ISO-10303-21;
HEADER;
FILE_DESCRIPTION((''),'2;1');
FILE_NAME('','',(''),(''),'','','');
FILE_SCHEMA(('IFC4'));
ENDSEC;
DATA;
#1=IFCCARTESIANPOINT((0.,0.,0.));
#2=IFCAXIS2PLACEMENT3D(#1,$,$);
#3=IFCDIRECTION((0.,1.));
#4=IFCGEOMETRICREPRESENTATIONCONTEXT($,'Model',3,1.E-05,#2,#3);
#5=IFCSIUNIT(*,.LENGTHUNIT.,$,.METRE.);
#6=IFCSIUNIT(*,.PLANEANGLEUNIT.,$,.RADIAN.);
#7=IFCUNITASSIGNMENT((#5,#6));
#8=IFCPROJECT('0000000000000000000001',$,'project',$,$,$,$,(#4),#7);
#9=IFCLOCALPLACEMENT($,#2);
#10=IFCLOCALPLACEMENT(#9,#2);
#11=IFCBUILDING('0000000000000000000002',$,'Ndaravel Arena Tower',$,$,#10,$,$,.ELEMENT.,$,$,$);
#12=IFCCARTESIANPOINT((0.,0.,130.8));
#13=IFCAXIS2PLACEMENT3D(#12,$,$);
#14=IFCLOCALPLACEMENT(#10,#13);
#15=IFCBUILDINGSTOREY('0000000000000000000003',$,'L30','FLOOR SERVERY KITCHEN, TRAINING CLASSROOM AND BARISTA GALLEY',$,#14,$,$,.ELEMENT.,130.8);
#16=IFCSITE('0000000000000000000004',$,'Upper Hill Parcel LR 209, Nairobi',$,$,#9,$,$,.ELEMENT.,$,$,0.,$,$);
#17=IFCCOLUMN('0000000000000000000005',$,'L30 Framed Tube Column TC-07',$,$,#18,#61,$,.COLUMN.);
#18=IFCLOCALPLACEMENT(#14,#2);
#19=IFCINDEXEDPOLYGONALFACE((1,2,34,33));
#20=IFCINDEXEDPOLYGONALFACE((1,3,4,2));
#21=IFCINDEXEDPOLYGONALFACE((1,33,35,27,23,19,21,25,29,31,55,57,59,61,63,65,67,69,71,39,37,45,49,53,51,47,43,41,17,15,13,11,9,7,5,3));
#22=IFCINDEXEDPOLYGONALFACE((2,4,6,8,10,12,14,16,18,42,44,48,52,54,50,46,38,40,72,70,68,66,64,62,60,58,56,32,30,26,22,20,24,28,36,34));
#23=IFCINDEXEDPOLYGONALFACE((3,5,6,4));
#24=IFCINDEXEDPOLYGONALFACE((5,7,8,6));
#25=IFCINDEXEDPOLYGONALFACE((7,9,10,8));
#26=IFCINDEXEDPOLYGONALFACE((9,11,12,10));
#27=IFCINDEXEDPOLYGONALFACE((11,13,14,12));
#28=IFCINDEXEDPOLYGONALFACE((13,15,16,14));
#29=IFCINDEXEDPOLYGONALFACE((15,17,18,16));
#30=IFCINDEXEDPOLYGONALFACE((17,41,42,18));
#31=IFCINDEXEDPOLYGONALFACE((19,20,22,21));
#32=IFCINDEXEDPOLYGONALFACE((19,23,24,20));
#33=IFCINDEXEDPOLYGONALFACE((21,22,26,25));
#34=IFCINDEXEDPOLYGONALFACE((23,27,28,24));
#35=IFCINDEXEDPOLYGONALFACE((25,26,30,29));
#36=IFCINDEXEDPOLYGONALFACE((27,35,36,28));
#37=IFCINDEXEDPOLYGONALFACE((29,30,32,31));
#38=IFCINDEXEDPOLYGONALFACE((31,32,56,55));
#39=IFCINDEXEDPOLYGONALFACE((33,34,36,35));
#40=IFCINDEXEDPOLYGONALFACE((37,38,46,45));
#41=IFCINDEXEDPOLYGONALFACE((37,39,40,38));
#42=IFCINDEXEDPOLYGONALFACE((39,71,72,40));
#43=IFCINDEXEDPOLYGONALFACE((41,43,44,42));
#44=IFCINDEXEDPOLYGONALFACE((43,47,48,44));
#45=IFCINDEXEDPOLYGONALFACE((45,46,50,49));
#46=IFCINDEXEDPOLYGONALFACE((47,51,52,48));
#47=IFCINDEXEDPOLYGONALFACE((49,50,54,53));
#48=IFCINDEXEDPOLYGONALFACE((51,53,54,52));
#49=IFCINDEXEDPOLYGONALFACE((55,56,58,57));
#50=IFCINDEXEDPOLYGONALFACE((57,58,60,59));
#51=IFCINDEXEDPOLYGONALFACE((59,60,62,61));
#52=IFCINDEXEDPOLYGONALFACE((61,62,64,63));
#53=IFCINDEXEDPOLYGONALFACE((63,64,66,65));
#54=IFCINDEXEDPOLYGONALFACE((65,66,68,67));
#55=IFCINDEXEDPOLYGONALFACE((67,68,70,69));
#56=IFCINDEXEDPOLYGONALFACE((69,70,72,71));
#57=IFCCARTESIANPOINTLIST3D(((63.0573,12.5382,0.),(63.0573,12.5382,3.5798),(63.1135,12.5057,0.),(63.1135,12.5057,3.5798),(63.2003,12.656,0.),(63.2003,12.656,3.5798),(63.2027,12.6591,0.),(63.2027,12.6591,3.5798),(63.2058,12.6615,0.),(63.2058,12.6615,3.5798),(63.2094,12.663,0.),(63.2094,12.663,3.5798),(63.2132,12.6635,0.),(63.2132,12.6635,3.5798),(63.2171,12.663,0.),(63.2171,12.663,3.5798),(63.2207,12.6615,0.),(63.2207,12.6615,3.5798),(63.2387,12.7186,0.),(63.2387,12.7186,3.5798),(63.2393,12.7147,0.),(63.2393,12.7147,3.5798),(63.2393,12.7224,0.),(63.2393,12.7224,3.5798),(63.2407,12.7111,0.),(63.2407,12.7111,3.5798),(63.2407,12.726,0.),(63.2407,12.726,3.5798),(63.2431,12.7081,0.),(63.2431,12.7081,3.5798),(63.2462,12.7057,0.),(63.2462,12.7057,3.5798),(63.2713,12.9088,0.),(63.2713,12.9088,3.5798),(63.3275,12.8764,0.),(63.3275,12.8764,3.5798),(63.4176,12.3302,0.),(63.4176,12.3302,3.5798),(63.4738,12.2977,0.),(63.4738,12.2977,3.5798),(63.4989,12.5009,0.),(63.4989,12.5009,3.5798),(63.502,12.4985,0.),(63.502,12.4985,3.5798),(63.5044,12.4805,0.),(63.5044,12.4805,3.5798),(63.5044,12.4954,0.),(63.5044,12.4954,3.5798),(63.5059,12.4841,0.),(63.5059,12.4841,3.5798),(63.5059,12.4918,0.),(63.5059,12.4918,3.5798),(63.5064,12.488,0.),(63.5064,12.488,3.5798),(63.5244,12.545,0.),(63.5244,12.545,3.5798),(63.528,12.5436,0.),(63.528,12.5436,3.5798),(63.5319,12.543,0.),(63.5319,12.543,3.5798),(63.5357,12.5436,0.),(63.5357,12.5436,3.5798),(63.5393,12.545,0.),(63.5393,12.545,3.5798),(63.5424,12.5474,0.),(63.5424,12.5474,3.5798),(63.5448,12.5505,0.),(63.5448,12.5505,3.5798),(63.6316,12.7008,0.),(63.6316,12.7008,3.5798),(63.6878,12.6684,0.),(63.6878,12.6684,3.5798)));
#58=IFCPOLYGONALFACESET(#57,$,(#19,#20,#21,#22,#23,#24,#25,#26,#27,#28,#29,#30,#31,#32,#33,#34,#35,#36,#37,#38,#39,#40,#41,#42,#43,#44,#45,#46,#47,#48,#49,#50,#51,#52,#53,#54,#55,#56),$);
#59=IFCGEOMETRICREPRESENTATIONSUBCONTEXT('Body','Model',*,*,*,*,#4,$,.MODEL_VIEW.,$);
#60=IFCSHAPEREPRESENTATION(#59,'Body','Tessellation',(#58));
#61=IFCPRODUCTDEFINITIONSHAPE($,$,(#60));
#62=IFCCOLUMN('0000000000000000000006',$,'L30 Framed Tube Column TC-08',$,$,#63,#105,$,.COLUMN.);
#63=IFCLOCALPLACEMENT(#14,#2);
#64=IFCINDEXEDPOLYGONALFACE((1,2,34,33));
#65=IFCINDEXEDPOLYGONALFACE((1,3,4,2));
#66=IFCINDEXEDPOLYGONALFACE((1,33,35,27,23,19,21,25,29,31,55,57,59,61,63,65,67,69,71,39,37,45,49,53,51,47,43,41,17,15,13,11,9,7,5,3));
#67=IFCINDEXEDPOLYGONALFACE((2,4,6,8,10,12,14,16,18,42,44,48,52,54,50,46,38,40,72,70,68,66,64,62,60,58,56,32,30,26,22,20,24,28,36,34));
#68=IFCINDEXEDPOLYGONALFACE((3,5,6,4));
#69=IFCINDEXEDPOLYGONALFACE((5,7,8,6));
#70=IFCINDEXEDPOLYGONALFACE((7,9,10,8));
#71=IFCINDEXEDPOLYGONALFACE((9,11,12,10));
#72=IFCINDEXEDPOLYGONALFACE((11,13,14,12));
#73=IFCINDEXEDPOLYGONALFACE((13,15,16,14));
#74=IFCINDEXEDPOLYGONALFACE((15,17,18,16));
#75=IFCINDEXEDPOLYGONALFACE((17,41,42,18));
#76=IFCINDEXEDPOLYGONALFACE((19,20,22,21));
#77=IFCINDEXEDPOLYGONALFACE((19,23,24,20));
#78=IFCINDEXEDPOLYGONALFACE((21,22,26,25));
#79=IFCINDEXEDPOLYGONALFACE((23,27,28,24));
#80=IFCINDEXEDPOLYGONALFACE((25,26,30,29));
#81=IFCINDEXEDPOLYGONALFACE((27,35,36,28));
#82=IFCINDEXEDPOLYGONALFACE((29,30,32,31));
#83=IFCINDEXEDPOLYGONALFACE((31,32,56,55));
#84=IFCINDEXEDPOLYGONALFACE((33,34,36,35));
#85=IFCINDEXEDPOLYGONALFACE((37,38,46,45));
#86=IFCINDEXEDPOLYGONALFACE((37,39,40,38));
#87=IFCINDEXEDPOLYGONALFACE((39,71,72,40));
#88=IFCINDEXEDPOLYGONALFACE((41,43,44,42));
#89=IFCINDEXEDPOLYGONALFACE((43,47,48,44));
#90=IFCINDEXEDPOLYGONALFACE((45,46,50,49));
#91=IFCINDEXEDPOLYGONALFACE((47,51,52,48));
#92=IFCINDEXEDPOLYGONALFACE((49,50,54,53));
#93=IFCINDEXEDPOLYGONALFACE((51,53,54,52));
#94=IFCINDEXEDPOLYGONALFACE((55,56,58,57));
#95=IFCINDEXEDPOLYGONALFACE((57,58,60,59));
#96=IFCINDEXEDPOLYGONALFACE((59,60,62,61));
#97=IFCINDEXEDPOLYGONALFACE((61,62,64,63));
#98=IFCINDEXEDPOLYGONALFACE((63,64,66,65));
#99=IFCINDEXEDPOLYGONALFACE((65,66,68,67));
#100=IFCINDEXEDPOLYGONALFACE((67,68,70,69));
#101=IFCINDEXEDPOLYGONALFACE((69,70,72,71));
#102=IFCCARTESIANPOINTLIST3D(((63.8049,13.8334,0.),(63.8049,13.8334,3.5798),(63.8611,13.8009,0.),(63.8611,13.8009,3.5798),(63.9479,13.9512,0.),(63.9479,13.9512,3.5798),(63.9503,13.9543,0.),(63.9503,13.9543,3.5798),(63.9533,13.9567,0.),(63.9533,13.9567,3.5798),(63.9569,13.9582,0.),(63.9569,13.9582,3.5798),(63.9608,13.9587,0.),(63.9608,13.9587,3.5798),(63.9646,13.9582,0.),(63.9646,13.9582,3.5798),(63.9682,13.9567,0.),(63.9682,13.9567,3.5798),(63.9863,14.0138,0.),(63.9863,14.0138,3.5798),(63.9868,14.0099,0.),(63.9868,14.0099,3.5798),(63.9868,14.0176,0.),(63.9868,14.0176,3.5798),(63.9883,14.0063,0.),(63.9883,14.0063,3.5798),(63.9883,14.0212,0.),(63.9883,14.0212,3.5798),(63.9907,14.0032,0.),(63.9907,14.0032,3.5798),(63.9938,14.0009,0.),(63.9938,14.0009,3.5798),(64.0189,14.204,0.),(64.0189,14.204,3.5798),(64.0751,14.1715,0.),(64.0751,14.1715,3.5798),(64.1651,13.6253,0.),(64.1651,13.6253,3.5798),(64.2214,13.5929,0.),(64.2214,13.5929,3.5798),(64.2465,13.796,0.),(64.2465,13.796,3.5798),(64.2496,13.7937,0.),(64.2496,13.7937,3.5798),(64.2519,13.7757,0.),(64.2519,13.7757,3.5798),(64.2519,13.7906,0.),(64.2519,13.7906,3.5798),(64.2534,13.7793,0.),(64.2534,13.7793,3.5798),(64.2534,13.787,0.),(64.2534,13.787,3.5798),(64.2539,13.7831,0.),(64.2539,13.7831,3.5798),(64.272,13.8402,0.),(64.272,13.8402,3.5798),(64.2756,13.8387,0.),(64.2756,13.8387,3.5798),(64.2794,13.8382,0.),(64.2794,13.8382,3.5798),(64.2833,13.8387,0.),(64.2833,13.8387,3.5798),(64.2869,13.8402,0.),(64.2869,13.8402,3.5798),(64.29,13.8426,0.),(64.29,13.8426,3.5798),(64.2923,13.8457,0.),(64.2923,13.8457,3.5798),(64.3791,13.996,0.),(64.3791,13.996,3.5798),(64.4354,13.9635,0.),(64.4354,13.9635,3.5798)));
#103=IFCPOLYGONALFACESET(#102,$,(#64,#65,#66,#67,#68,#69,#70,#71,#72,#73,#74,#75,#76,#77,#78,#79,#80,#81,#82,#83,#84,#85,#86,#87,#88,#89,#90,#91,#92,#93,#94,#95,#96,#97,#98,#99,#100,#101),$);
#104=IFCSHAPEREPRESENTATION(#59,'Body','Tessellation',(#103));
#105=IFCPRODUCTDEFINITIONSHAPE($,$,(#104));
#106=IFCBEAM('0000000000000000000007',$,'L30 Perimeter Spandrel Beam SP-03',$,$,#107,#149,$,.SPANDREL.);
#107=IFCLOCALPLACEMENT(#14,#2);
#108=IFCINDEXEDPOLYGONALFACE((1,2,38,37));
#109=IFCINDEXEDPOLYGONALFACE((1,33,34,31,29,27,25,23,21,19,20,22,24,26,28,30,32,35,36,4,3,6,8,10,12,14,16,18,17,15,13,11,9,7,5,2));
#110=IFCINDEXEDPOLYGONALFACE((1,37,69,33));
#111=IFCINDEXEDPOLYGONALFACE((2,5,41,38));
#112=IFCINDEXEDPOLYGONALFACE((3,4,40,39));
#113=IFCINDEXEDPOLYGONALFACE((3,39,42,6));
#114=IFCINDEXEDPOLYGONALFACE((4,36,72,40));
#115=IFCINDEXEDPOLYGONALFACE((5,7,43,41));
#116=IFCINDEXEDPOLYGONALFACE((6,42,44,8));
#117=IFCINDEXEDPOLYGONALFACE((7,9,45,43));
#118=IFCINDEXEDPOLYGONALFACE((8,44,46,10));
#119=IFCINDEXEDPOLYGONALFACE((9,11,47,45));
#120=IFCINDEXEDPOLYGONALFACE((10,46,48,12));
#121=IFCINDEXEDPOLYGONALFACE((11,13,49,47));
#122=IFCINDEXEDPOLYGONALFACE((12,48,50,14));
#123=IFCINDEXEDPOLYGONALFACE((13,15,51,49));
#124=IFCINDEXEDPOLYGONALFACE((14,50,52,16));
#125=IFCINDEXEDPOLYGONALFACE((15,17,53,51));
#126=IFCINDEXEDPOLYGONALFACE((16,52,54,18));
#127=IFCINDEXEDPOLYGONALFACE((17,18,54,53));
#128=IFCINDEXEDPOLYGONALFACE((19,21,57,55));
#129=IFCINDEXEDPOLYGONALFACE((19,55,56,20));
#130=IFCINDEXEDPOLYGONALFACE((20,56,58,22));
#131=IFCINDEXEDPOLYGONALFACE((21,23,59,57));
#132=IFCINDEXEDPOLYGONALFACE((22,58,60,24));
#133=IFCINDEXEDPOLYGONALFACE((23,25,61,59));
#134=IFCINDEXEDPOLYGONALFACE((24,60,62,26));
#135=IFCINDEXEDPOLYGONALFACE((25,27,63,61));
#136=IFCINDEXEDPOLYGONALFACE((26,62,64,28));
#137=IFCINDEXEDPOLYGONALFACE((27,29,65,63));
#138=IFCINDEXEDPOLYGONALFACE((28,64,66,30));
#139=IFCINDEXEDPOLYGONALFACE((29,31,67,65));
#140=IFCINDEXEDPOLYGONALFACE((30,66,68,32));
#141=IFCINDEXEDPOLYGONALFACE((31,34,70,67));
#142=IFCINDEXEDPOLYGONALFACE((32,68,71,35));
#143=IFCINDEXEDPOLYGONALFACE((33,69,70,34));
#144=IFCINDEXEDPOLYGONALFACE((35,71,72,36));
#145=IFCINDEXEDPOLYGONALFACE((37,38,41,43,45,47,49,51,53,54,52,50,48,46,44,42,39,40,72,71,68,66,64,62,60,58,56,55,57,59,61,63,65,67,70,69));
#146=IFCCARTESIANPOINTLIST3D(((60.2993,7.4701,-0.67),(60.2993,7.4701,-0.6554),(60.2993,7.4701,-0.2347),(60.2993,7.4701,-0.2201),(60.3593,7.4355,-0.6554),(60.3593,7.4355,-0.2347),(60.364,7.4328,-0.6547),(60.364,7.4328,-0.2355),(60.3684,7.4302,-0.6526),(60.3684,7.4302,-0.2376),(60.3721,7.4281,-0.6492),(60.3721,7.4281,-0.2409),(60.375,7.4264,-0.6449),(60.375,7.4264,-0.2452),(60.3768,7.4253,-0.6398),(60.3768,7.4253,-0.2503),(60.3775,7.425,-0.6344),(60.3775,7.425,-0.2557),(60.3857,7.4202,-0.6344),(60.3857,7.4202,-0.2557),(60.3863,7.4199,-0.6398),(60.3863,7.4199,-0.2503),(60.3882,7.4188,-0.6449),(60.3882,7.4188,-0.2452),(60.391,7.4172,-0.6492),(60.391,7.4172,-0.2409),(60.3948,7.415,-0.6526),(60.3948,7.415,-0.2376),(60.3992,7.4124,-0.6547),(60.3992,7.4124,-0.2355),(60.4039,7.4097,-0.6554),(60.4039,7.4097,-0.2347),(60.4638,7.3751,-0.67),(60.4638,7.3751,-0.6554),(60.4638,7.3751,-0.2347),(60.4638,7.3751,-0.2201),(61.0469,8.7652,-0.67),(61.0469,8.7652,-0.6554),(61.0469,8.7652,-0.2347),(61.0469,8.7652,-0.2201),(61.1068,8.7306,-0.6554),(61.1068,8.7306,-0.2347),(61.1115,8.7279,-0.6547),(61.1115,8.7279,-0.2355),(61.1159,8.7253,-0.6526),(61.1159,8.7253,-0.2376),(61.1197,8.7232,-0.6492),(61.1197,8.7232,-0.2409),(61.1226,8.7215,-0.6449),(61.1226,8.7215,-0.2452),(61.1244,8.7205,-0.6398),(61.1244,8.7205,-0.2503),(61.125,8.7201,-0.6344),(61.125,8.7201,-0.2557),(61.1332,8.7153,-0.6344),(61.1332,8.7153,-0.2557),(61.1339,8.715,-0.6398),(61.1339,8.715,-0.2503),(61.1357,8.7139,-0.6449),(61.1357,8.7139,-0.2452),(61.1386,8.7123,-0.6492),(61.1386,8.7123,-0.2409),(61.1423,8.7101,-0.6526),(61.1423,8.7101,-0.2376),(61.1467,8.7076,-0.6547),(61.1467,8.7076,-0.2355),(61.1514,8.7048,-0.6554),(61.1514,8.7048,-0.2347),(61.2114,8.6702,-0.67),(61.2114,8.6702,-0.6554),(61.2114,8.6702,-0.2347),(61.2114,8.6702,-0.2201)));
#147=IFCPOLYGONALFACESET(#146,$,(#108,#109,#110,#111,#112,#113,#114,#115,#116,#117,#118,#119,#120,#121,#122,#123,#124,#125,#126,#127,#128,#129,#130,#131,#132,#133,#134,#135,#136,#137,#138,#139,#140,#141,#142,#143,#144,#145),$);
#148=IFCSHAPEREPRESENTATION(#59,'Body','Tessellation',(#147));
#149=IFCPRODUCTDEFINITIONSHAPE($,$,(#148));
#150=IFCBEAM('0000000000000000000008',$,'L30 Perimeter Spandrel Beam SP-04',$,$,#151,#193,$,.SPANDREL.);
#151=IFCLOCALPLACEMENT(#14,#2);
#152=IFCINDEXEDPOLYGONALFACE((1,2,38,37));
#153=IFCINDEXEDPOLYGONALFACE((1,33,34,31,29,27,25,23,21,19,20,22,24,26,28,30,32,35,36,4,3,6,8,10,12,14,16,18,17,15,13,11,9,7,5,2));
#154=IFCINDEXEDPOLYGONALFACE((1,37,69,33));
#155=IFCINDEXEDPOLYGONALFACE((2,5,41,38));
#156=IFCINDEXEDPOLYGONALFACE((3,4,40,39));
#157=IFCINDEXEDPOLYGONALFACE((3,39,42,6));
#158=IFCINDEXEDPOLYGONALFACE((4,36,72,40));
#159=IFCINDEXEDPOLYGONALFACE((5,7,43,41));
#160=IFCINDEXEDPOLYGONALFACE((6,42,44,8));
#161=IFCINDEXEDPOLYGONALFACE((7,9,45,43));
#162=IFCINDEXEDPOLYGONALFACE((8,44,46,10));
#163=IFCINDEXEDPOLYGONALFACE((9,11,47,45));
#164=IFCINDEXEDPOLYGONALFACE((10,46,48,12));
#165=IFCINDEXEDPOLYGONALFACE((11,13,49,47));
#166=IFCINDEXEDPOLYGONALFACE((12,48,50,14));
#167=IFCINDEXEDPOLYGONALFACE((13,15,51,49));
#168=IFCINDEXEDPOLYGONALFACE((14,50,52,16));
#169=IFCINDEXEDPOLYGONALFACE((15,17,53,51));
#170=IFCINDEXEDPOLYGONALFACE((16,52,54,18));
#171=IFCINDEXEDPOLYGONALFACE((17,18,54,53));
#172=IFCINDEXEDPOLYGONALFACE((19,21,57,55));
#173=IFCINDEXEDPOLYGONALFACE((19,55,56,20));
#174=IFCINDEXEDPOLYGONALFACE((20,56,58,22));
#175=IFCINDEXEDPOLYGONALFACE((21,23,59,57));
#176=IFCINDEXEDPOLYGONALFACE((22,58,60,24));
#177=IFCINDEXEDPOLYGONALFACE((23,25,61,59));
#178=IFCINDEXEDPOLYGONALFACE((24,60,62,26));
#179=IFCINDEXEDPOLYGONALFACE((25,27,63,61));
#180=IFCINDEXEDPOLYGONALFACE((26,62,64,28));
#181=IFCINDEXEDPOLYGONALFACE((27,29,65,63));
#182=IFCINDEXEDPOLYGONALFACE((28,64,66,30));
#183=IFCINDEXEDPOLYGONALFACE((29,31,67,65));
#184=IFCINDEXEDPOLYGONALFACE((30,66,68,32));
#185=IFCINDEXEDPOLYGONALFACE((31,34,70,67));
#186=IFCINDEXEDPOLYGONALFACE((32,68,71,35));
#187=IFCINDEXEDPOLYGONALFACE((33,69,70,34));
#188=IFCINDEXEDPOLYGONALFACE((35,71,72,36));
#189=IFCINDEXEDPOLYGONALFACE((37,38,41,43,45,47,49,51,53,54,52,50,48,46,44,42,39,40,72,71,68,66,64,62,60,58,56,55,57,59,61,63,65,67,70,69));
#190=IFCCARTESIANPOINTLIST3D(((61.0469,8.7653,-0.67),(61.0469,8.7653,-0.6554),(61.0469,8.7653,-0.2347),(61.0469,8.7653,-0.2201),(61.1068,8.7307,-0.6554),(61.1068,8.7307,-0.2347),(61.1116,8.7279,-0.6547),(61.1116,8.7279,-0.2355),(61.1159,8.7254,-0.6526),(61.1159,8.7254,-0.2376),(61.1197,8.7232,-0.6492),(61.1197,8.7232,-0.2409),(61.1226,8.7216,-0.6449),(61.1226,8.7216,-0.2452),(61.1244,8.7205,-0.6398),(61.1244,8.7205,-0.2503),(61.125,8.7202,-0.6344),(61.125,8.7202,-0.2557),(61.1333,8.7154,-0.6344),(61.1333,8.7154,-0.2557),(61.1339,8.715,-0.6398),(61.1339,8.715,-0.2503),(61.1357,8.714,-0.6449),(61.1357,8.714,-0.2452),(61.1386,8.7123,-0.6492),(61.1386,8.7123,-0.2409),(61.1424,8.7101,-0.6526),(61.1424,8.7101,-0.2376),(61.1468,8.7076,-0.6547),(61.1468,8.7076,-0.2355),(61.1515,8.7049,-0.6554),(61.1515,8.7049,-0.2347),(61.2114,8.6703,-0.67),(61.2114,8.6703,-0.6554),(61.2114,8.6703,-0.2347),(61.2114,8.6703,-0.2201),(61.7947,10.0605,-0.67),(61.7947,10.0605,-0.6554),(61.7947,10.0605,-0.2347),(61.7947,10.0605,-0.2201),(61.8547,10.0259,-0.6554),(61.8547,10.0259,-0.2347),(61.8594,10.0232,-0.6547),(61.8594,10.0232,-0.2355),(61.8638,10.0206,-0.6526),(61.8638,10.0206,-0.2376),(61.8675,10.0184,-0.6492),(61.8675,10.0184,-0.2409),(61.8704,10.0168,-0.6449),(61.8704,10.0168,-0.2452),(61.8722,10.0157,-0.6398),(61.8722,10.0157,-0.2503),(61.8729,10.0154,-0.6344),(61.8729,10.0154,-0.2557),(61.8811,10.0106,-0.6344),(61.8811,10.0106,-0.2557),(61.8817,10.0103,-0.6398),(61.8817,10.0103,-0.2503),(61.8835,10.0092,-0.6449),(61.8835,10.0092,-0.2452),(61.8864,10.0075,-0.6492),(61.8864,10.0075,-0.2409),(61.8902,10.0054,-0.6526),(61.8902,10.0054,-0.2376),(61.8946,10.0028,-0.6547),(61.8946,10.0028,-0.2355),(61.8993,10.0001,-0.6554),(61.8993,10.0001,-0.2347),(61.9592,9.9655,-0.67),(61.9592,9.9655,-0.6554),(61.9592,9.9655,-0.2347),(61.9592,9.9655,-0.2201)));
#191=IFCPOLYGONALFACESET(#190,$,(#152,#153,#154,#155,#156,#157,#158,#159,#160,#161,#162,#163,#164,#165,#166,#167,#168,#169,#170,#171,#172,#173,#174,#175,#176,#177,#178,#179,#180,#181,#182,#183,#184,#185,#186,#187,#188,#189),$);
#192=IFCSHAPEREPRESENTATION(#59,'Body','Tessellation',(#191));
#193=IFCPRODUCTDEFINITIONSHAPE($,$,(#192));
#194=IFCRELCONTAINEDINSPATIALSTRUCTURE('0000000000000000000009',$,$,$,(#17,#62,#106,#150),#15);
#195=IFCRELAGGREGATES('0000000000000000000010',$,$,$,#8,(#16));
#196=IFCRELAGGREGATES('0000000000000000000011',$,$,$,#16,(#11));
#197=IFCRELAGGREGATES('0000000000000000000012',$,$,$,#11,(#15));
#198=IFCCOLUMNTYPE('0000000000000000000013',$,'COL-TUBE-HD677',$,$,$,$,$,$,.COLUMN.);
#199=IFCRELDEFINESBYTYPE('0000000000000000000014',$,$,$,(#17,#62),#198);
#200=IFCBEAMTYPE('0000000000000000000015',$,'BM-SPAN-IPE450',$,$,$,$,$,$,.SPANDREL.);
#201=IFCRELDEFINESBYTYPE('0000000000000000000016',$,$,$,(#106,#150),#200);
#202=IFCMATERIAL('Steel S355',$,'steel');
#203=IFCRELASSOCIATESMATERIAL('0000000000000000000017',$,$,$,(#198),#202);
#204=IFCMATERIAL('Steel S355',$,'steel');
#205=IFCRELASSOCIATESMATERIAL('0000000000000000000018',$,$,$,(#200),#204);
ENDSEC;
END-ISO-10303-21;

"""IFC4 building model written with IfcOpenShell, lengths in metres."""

from ifc_helpers import new_model, si_unit, direction, frame, origin, origin_2d, place, context, subcontext, project, spatial, i_section, extrude, material, material_profile, profile_set, type_object, element, save


model = new_model("IFC4")

# Units and contexts
model_context = context("Model", 3, precision=1e-05, world=origin(), true_north=direction((0.0, 1.0)))
body_context = subcontext(model_context, "Body", "Model", "MODEL_VIEW")
ifc_project = project(units=[si_unit("LENGTHUNIT", "METRE"), si_unit("PLANEANGLEUNIT", "RADIAN")], contexts=[model_context])

# Site, building, storey
site_placement = place(None, origin())
site = spatial("IfcSite", under=ifc_project, at=site_placement, Name="Upper Hill Parcel LR 209, Nairobi", CompositionType="ELEMENT", RefElevation=0.0)
building_placement = place(site_placement, origin())
building = spatial("IfcBuilding", under=site, at=building_placement, Name="Ndaravel Arena Tower", CompositionType="ELEMENT")
storey_placement = place(building_placement, frame((0.0, 0.0, 130.8)))
storey = spatial("IfcBuildingStorey", under=building, at=storey_placement, Name="L30", Description="FLOOR SERVERY KITCHEN, TRAINING CLASSROOM AND BARISTA GALLEY", CompositionType="ELEMENT", Elevation=130.8)

# Columns
ifc_material_1 = material(Name="Steel S355", Category="steel")
ifc_material_profile_1 = material_profile(ifc_material_1, i_section(OverallWidth=0.428, OverallDepth=0.481, WebThickness=0.051, FlangeThickness=0.0649, FilletRadius=0.0149, at=origin_2d()), Name="HD 400x677")
ifc_profile_set_1 = profile_set([ifc_material_profile_1], Name="Steel S355")
column_type = type_object("IfcColumnType", Name="COL-TUBE-HD677", PredefinedType="COLUMN", material=ifc_profile_set_1)
for number, where, z_axis, x_axis, name in (
    (1, (63.3726, 12.6033, 0.0), (0.0, 0.0, 1.0), (0.5, 0.866025, 0.0), "L30 Framed Tube Column TC-07"),
    (2, (64.1201, 13.8984, 0.0), (0.0, 0.0, 1.0), (0.5, 0.866025, 0.0), "L30 Framed Tube Column TC-08"),
):
    element("IfcColumn", number, at=place(storey_placement, frame(where, z_axis=z_axis, x_axis=x_axis)), inside=storey, type_object=column_type, Name=name, PredefinedType="COLUMN", context=body_context, shape_type="SweptSolid", body=[
        extrude(i_section(OverallWidth=0.428, OverallDepth=0.481, WebThickness=0.051, FlangeThickness=0.0649, FilletRadius=0.0149, at=origin_2d()), origin(), (0.0, 0.0, 1.0), 3.5798),
    ])

# Beams
ifc_material_2 = material(Name="Steel S355", Category="steel")
ifc_material_profile_2 = material_profile(ifc_material_2, i_section(OverallWidth=0.1899, OverallDepth=0.45, WebThickness=0.0095, FlangeThickness=0.0146, FilletRadius=0.021, at=origin_2d()), Name="IPE 450")
ifc_profile_set_2 = profile_set([ifc_material_profile_2], Name="Steel S355")
beam_type = type_object("IfcBeamType", Name="BM-SPAN-IPE450", PredefinedType="SPANDREL", material=ifc_profile_set_2)
beam_1_placement = place(storey_placement, frame((60.3816, 7.4226, -0.4451), z_axis=(0.499897, 0.866085, 0.0), x_axis=(-0.866085, 0.499897, 0.0)))
element("IfcBeam", 3, at=beam_1_placement, inside=storey, type_object=beam_type, Name="L30 Perimeter Spandrel Beam SP-03", PredefinedType="SPANDREL", context=body_context, shape_type="SweptSolid", body=[
    extrude(i_section(OverallWidth=0.1899, OverallDepth=0.45, WebThickness=0.0095, FlangeThickness=0.0146, FilletRadius=0.021, at=origin_2d()), origin(), (0.0, 0.0, 1.0), 1.4954),
])
for number, where, z_axis, x_axis, name in (
    (4, (61.1292, 8.7178, -0.4451), (0.500019, 0.866014, 0.0), (-0.866014, 0.500019, 0.0), "L30 Perimeter Spandrel Beam SP-04"),
):
    element("IfcBeam", number, at=place(storey_placement, frame(where, z_axis=z_axis, x_axis=x_axis)), inside=storey, type_object=beam_type, Name=name, PredefinedType="SPANDREL", context=body_context, shape_type="SweptSolid", body=[
        extrude(i_section(OverallWidth=0.1899, OverallDepth=0.45, WebThickness=0.0095, FlangeThickness=0.0146, FilletRadius=0.021, at=origin_2d()), origin(), (0.0, 0.0, 1.0), 1.4956),
    ])

save(model, "model.ifc")
